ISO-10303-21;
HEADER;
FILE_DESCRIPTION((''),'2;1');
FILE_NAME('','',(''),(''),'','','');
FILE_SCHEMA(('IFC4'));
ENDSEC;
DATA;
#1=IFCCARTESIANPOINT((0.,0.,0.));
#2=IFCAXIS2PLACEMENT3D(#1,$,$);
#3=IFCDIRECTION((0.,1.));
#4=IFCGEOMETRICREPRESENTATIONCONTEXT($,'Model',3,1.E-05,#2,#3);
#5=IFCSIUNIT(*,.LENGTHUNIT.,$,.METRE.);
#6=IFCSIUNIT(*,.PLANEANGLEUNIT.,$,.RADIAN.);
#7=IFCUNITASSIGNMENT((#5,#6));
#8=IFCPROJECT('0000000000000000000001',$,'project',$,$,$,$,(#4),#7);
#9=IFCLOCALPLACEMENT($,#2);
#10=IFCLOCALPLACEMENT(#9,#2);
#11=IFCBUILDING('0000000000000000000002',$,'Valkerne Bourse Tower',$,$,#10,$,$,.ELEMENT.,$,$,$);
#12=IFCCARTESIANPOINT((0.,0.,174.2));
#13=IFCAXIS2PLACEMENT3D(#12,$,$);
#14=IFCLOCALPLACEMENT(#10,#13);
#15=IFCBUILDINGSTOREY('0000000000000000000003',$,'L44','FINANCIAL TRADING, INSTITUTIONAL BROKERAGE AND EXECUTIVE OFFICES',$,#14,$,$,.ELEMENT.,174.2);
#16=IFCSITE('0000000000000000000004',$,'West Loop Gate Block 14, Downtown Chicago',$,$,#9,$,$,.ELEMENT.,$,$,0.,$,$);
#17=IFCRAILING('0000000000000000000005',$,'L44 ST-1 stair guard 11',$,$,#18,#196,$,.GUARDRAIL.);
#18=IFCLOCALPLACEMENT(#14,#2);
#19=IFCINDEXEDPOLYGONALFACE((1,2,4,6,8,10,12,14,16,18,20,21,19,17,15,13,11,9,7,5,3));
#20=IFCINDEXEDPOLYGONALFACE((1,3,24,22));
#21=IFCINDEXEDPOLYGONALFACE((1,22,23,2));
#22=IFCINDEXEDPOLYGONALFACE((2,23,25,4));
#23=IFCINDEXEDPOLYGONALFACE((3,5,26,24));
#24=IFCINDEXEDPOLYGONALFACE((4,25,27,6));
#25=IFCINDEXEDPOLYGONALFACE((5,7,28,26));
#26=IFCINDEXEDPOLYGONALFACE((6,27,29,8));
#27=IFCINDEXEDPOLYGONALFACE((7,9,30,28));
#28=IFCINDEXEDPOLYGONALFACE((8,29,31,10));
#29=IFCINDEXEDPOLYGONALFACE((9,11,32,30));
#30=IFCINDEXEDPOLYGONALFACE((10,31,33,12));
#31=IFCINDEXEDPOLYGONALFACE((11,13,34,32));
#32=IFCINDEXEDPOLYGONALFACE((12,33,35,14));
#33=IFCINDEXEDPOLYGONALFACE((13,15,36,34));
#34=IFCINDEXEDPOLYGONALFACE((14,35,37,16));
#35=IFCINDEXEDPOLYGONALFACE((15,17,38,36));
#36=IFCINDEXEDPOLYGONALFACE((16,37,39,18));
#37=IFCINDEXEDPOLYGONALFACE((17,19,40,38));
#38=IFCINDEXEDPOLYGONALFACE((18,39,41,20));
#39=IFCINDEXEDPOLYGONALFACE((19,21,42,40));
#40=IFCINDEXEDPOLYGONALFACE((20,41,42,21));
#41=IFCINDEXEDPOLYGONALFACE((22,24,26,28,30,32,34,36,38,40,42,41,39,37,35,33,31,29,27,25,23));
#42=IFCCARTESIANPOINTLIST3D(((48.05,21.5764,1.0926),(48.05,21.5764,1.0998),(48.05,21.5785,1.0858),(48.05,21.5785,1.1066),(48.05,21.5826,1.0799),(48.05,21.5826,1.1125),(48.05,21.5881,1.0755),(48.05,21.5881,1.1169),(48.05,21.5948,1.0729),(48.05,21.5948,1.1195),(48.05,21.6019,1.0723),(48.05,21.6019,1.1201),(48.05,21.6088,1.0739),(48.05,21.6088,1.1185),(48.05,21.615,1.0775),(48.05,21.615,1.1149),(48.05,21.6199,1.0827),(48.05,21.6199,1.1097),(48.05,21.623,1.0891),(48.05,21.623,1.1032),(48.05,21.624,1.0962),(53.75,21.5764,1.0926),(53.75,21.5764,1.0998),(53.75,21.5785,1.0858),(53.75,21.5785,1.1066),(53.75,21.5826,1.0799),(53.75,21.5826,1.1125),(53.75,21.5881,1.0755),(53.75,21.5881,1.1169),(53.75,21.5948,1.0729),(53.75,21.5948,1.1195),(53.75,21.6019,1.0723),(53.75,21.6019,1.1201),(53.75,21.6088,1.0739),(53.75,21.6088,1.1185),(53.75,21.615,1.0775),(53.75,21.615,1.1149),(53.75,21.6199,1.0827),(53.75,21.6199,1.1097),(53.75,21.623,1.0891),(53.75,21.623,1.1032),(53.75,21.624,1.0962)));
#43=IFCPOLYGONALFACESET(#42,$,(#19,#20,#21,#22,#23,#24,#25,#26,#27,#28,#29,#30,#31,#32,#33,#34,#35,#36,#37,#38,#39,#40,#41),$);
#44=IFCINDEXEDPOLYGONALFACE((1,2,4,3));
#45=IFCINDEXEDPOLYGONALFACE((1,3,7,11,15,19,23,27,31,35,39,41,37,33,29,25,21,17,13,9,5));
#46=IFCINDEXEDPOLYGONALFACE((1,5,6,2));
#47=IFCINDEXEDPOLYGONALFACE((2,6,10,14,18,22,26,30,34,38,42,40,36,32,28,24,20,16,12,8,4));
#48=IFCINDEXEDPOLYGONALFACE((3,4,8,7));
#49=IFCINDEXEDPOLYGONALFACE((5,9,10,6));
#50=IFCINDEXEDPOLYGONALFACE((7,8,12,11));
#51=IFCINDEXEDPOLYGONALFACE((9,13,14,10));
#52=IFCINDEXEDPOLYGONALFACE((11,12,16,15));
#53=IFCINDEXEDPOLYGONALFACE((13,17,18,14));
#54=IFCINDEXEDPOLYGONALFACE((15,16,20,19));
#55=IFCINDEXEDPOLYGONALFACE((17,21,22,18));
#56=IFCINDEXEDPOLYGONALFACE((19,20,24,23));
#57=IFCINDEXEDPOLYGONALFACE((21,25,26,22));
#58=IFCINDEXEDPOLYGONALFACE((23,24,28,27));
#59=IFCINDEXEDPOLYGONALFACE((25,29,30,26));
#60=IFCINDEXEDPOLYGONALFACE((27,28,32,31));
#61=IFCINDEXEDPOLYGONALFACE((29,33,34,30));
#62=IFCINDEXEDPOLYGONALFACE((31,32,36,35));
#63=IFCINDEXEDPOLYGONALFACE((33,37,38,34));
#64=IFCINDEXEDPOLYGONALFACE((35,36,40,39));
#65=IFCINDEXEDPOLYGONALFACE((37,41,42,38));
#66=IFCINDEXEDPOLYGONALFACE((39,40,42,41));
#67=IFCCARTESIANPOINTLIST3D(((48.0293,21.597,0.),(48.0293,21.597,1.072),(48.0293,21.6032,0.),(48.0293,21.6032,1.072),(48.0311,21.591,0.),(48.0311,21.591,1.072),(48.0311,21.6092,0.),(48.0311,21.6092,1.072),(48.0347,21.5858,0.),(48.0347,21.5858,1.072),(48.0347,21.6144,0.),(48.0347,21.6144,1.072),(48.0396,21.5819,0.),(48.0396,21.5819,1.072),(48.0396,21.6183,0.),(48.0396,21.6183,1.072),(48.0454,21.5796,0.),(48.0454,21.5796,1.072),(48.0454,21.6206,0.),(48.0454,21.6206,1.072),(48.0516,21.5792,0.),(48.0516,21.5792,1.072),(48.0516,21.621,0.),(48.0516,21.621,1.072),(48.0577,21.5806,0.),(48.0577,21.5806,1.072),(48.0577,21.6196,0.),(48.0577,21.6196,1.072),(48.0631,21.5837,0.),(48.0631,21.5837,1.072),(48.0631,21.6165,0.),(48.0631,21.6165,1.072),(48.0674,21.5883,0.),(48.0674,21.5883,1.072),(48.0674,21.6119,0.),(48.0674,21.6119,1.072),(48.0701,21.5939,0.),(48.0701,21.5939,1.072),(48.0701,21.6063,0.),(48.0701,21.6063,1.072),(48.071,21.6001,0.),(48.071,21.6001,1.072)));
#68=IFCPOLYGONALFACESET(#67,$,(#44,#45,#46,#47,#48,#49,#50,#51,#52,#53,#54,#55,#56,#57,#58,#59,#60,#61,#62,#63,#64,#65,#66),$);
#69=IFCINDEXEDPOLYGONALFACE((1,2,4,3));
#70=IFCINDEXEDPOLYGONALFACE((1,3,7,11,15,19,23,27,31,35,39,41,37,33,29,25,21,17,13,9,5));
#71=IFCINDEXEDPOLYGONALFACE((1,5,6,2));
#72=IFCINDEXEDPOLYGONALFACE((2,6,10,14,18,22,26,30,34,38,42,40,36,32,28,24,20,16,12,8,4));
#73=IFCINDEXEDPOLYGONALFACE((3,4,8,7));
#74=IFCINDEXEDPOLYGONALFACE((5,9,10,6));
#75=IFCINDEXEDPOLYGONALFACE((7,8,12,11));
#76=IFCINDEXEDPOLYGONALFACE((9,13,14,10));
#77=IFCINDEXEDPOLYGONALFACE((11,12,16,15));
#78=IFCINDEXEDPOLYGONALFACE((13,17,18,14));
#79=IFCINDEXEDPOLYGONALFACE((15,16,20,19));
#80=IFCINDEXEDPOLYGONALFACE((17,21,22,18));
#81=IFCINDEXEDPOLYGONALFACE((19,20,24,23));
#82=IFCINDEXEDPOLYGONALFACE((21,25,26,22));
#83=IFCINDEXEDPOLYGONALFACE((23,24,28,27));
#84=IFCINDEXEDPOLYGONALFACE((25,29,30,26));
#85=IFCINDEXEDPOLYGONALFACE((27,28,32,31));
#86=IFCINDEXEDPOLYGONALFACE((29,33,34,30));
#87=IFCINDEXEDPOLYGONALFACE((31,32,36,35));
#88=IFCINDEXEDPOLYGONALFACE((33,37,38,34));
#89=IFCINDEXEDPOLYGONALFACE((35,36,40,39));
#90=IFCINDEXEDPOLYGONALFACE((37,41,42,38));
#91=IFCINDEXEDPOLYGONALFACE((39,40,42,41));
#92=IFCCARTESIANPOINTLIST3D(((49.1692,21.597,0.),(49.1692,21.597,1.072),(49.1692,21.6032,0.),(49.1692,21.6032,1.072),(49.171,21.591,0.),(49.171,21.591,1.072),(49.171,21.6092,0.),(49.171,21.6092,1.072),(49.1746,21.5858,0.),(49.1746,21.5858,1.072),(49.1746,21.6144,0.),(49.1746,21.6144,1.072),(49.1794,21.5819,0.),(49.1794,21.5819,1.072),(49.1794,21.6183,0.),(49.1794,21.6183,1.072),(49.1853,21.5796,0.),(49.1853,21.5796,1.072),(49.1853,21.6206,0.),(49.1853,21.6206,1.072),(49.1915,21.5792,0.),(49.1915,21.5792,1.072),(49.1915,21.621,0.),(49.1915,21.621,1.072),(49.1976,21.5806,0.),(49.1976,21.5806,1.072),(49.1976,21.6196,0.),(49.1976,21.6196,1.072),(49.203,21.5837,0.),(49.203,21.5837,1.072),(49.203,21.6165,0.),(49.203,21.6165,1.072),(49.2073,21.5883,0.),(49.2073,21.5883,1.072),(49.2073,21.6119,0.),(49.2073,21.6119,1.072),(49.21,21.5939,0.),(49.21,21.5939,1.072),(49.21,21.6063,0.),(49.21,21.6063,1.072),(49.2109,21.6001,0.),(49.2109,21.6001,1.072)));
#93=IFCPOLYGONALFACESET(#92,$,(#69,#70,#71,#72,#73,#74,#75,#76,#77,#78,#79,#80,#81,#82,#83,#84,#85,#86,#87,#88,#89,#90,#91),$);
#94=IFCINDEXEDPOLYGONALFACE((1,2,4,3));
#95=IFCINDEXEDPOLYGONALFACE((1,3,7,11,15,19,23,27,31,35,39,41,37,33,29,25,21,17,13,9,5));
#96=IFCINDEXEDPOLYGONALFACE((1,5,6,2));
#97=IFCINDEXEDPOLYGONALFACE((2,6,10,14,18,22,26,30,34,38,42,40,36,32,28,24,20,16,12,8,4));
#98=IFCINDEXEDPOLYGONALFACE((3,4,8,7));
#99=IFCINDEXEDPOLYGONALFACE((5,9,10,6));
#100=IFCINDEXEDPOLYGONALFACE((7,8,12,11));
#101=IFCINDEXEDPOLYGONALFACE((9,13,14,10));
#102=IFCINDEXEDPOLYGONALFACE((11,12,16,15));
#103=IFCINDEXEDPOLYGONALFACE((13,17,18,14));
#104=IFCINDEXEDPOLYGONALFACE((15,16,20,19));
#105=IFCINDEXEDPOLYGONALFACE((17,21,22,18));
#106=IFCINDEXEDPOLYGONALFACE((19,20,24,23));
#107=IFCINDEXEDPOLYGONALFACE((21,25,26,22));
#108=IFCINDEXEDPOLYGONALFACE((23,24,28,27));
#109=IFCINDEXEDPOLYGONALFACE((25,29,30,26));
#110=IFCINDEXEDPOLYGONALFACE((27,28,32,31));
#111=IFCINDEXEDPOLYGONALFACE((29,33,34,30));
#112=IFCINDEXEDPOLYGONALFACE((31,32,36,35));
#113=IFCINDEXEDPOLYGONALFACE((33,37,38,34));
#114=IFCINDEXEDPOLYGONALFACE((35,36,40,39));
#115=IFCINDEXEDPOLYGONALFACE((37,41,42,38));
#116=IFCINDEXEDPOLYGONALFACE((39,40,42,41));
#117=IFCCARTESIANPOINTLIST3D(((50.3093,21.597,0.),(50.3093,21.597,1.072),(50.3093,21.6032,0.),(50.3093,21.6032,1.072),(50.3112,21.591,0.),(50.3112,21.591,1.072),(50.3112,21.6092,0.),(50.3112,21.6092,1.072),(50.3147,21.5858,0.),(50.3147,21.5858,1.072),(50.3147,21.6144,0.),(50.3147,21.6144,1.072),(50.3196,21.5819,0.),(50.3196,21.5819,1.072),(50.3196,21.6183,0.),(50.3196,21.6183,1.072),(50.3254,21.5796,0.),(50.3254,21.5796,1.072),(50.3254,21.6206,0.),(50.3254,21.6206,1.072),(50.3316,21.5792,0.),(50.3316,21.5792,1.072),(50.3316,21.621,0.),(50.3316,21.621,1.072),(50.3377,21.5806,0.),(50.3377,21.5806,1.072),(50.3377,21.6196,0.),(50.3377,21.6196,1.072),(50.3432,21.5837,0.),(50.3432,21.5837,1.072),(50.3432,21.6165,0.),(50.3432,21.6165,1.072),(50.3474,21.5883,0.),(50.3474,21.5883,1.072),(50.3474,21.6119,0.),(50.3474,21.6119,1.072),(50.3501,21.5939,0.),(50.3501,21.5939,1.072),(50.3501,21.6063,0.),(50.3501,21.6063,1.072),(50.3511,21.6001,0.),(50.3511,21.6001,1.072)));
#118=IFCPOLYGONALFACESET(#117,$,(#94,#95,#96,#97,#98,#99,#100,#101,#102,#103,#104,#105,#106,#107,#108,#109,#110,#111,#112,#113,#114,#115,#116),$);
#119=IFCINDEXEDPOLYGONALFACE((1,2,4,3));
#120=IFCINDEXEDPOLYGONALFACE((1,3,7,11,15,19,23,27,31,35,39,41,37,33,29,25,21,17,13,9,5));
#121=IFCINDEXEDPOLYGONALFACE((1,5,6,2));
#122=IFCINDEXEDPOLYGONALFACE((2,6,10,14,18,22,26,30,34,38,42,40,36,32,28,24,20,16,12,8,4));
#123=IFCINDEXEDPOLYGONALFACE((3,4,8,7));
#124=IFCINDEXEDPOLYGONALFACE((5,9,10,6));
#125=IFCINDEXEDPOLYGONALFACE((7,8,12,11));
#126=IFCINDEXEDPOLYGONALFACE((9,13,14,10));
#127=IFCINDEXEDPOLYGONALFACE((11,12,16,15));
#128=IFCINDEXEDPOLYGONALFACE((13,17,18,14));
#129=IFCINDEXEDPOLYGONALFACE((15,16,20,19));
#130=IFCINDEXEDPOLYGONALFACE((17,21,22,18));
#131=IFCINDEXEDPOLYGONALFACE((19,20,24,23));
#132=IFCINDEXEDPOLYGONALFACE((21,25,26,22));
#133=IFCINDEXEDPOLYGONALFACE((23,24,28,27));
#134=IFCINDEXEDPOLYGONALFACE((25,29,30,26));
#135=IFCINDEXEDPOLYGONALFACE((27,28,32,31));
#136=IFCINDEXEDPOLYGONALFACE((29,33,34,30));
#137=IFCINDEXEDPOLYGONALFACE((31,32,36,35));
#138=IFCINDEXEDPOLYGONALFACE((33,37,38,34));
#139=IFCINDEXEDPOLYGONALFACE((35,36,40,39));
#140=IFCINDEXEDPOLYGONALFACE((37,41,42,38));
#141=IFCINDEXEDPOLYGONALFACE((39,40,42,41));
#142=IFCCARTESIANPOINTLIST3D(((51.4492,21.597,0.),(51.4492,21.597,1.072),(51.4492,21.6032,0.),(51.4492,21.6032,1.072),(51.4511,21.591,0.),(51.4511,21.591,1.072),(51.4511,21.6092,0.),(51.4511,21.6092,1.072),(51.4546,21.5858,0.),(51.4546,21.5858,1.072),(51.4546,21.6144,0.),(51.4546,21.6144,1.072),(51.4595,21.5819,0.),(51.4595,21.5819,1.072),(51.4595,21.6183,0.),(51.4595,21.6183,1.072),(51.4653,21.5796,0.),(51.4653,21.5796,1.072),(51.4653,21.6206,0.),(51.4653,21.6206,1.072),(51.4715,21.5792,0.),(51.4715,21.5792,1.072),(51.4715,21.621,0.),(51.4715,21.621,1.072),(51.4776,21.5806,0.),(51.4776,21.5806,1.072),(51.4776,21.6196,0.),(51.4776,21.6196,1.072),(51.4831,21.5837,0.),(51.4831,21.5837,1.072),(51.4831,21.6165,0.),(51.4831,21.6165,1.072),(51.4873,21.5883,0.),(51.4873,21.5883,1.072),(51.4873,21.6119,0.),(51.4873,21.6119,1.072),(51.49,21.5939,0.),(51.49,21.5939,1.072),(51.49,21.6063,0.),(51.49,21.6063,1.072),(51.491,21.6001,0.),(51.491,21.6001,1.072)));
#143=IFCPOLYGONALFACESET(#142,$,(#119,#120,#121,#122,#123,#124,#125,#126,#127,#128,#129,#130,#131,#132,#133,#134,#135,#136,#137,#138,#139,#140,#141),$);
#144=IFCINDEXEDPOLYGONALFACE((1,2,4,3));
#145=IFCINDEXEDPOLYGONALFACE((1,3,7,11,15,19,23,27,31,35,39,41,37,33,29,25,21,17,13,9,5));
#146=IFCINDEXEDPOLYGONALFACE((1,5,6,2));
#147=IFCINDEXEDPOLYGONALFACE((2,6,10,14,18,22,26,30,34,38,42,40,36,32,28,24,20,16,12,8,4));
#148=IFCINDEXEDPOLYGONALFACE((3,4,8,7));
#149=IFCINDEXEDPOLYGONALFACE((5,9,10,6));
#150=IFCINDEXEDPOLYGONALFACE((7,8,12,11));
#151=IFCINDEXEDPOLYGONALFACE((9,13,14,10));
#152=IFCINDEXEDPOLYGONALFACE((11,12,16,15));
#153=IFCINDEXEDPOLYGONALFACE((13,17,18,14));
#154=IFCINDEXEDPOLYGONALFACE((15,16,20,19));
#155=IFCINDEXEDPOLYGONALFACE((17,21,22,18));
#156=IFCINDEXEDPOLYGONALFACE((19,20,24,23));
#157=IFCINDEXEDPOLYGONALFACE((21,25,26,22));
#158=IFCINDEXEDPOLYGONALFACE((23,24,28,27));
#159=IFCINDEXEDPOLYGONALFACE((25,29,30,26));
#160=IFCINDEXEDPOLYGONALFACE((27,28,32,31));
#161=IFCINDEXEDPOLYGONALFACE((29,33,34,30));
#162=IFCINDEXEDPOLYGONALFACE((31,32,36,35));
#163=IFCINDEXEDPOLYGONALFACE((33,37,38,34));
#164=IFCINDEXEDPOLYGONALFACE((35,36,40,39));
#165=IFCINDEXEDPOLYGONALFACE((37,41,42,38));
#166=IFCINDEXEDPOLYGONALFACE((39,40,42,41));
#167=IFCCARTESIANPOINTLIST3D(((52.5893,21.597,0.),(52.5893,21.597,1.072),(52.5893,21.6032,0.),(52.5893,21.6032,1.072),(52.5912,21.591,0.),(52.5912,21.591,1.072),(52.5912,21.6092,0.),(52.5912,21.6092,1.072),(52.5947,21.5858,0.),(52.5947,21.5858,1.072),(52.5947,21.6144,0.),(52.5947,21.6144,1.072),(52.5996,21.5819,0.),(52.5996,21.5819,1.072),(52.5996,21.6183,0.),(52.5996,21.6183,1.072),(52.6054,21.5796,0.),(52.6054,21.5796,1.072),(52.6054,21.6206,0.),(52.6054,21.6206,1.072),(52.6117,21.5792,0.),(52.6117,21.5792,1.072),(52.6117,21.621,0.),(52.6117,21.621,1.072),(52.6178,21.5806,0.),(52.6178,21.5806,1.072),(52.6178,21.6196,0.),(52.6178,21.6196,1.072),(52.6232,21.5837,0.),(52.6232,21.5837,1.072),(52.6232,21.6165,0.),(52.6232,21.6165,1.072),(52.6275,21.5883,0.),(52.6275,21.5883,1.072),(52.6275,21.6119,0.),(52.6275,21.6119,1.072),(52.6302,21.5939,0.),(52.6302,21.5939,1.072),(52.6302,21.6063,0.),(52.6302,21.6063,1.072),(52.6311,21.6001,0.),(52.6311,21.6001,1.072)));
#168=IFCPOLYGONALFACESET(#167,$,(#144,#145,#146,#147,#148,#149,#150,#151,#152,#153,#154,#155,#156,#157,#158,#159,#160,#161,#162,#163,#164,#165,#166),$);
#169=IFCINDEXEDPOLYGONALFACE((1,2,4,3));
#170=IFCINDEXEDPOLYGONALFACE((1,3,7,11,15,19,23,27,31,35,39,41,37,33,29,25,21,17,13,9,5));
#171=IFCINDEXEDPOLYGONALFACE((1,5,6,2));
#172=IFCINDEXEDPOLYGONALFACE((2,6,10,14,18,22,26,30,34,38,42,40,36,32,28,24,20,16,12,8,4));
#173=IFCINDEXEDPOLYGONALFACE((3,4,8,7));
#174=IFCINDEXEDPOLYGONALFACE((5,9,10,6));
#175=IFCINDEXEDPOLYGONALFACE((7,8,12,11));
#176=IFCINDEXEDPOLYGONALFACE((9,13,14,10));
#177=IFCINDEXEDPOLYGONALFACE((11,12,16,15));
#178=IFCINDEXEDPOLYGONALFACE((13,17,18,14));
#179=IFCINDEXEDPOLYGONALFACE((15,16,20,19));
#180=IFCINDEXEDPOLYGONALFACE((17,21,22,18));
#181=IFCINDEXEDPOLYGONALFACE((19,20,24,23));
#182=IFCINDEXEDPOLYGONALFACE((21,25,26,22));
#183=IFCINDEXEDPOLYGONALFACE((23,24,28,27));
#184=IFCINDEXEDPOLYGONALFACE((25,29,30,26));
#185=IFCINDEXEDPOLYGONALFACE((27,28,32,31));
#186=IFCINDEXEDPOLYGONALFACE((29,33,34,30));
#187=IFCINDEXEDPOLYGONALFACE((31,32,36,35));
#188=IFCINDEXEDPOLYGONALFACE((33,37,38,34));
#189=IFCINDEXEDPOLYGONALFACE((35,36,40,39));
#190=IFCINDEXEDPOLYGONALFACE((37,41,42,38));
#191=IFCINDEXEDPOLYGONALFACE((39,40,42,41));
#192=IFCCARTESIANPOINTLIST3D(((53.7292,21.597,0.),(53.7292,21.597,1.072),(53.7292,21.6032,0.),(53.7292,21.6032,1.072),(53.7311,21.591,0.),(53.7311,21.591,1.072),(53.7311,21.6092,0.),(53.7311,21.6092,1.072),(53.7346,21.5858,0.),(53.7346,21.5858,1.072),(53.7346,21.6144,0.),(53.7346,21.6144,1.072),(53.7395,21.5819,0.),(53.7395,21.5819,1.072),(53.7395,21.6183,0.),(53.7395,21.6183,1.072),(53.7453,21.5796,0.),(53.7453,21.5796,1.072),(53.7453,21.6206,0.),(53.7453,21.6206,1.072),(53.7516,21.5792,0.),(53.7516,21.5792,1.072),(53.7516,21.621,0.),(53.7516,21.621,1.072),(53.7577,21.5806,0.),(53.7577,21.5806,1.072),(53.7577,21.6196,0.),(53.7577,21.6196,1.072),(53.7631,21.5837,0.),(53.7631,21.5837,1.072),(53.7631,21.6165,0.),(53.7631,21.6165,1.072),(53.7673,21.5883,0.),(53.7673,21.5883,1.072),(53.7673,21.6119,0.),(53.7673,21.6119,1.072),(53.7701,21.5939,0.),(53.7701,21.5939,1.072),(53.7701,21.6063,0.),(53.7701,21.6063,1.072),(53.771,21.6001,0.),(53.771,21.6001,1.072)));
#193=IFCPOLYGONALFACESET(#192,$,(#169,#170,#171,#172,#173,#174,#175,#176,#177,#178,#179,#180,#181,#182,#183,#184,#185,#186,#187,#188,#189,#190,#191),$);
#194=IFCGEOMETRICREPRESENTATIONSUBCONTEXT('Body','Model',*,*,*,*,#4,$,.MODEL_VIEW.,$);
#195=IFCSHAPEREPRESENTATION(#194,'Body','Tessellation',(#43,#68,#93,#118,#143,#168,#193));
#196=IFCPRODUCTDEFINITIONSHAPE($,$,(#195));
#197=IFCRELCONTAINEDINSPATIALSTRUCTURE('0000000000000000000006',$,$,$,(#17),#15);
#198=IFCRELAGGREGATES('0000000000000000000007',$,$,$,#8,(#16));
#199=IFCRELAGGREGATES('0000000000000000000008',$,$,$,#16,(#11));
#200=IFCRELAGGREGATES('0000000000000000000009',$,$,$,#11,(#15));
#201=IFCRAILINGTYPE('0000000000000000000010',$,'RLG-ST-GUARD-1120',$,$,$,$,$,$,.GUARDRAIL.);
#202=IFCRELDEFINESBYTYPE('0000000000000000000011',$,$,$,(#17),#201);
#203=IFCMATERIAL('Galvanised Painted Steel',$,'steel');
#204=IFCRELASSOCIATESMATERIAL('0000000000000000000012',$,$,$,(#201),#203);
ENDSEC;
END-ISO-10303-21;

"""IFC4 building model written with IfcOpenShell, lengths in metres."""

from ifc_helpers import new_model, si_unit, direction, frame, origin, origin_2d, place, context, subcontext, project, spatial, circle, extrude, material, type_object, element, save


model = new_model("IFC4")

# Units and contexts
model_context = context("Model", 3, precision=1e-05, world=origin(), true_north=direction((0.0, 1.0)))
body_context = subcontext(model_context, "Body", "Model", "MODEL_VIEW")
ifc_project = project(units=[si_unit("LENGTHUNIT", "METRE"), si_unit("PLANEANGLEUNIT", "RADIAN")], contexts=[model_context])

# Site, building, storey
site_placement = place(None, origin())
site = spatial("IfcSite", under=ifc_project, at=site_placement, Name="West Loop Gate Block 14, Downtown Chicago", CompositionType="ELEMENT", RefElevation=0.0)
building_placement = place(site_placement, origin())
building = spatial("IfcBuilding", under=site, at=building_placement, Name="Valkerne Bourse Tower", CompositionType="ELEMENT")
storey_placement = place(building_placement, frame((0.0, 0.0, 174.2)))
storey = spatial("IfcBuildingStorey", under=building, at=storey_placement, Name="L44", Description="FINANCIAL TRADING, INSTITUTIONAL BROKERAGE AND EXECUTIVE OFFICES", CompositionType="ELEMENT", Elevation=174.2)

# Shared definitions
ifc_material_1 = material(Name="Galvanised Painted Steel", Category="steel")

# Railing
railing_type_1 = type_object("IfcRailingType", Name="RLG-ST-GUARD-1120", PredefinedType="GUARDRAIL", material=ifc_material_1)
railing_1_placement = place(storey_placement, frame((48.05, 21.6001, 0.0)))
element("IfcRailing", 1, at=railing_1_placement, inside=storey, type_object=railing_type_1, Name="L44 ST-1 stair guard 11", PredefinedType="GUARDRAIL", context=body_context, shape_type="SweptSolid", body=[
    extrude(circle(Radius=0.0239, at=origin_2d()), frame((0.0, 0.0, 1.0962), z_axis=(1.0, 0.0, 0.0), x_axis=(0.0, 1.0, 0.0)), (0.0, 0.0, 1.0), 5.7),
    extrude(circle(Radius=0.021, at=origin_2d()), origin(), (0.0, 0.0, 1.0), 1.072),
    extrude(circle(Radius=0.021, at=origin_2d()), frame((1.1399, 0.0, 0.0)), (0.0, 0.0, 1.0), 1.072),
    extrude(circle(Radius=0.021, at=origin_2d()), frame((2.28, 0.0, 0.0)), (0.0, 0.0, 1.0), 1.072),
    extrude(circle(Radius=0.021, at=origin_2d()), frame((3.4199, 0.0, 0.0)), (0.0, 0.0, 1.0), 1.072),
    extrude(circle(Radius=0.021, at=origin_2d()), frame((4.5601, 0.0, 0.0)), (0.0, 0.0, 1.0), 1.072),
    extrude(circle(Radius=0.021, at=origin_2d()), frame((5.7, 0.0, 0.0)), (0.0, 0.0, 1.0), 1.072),
])

save(model, "model.ifc")
